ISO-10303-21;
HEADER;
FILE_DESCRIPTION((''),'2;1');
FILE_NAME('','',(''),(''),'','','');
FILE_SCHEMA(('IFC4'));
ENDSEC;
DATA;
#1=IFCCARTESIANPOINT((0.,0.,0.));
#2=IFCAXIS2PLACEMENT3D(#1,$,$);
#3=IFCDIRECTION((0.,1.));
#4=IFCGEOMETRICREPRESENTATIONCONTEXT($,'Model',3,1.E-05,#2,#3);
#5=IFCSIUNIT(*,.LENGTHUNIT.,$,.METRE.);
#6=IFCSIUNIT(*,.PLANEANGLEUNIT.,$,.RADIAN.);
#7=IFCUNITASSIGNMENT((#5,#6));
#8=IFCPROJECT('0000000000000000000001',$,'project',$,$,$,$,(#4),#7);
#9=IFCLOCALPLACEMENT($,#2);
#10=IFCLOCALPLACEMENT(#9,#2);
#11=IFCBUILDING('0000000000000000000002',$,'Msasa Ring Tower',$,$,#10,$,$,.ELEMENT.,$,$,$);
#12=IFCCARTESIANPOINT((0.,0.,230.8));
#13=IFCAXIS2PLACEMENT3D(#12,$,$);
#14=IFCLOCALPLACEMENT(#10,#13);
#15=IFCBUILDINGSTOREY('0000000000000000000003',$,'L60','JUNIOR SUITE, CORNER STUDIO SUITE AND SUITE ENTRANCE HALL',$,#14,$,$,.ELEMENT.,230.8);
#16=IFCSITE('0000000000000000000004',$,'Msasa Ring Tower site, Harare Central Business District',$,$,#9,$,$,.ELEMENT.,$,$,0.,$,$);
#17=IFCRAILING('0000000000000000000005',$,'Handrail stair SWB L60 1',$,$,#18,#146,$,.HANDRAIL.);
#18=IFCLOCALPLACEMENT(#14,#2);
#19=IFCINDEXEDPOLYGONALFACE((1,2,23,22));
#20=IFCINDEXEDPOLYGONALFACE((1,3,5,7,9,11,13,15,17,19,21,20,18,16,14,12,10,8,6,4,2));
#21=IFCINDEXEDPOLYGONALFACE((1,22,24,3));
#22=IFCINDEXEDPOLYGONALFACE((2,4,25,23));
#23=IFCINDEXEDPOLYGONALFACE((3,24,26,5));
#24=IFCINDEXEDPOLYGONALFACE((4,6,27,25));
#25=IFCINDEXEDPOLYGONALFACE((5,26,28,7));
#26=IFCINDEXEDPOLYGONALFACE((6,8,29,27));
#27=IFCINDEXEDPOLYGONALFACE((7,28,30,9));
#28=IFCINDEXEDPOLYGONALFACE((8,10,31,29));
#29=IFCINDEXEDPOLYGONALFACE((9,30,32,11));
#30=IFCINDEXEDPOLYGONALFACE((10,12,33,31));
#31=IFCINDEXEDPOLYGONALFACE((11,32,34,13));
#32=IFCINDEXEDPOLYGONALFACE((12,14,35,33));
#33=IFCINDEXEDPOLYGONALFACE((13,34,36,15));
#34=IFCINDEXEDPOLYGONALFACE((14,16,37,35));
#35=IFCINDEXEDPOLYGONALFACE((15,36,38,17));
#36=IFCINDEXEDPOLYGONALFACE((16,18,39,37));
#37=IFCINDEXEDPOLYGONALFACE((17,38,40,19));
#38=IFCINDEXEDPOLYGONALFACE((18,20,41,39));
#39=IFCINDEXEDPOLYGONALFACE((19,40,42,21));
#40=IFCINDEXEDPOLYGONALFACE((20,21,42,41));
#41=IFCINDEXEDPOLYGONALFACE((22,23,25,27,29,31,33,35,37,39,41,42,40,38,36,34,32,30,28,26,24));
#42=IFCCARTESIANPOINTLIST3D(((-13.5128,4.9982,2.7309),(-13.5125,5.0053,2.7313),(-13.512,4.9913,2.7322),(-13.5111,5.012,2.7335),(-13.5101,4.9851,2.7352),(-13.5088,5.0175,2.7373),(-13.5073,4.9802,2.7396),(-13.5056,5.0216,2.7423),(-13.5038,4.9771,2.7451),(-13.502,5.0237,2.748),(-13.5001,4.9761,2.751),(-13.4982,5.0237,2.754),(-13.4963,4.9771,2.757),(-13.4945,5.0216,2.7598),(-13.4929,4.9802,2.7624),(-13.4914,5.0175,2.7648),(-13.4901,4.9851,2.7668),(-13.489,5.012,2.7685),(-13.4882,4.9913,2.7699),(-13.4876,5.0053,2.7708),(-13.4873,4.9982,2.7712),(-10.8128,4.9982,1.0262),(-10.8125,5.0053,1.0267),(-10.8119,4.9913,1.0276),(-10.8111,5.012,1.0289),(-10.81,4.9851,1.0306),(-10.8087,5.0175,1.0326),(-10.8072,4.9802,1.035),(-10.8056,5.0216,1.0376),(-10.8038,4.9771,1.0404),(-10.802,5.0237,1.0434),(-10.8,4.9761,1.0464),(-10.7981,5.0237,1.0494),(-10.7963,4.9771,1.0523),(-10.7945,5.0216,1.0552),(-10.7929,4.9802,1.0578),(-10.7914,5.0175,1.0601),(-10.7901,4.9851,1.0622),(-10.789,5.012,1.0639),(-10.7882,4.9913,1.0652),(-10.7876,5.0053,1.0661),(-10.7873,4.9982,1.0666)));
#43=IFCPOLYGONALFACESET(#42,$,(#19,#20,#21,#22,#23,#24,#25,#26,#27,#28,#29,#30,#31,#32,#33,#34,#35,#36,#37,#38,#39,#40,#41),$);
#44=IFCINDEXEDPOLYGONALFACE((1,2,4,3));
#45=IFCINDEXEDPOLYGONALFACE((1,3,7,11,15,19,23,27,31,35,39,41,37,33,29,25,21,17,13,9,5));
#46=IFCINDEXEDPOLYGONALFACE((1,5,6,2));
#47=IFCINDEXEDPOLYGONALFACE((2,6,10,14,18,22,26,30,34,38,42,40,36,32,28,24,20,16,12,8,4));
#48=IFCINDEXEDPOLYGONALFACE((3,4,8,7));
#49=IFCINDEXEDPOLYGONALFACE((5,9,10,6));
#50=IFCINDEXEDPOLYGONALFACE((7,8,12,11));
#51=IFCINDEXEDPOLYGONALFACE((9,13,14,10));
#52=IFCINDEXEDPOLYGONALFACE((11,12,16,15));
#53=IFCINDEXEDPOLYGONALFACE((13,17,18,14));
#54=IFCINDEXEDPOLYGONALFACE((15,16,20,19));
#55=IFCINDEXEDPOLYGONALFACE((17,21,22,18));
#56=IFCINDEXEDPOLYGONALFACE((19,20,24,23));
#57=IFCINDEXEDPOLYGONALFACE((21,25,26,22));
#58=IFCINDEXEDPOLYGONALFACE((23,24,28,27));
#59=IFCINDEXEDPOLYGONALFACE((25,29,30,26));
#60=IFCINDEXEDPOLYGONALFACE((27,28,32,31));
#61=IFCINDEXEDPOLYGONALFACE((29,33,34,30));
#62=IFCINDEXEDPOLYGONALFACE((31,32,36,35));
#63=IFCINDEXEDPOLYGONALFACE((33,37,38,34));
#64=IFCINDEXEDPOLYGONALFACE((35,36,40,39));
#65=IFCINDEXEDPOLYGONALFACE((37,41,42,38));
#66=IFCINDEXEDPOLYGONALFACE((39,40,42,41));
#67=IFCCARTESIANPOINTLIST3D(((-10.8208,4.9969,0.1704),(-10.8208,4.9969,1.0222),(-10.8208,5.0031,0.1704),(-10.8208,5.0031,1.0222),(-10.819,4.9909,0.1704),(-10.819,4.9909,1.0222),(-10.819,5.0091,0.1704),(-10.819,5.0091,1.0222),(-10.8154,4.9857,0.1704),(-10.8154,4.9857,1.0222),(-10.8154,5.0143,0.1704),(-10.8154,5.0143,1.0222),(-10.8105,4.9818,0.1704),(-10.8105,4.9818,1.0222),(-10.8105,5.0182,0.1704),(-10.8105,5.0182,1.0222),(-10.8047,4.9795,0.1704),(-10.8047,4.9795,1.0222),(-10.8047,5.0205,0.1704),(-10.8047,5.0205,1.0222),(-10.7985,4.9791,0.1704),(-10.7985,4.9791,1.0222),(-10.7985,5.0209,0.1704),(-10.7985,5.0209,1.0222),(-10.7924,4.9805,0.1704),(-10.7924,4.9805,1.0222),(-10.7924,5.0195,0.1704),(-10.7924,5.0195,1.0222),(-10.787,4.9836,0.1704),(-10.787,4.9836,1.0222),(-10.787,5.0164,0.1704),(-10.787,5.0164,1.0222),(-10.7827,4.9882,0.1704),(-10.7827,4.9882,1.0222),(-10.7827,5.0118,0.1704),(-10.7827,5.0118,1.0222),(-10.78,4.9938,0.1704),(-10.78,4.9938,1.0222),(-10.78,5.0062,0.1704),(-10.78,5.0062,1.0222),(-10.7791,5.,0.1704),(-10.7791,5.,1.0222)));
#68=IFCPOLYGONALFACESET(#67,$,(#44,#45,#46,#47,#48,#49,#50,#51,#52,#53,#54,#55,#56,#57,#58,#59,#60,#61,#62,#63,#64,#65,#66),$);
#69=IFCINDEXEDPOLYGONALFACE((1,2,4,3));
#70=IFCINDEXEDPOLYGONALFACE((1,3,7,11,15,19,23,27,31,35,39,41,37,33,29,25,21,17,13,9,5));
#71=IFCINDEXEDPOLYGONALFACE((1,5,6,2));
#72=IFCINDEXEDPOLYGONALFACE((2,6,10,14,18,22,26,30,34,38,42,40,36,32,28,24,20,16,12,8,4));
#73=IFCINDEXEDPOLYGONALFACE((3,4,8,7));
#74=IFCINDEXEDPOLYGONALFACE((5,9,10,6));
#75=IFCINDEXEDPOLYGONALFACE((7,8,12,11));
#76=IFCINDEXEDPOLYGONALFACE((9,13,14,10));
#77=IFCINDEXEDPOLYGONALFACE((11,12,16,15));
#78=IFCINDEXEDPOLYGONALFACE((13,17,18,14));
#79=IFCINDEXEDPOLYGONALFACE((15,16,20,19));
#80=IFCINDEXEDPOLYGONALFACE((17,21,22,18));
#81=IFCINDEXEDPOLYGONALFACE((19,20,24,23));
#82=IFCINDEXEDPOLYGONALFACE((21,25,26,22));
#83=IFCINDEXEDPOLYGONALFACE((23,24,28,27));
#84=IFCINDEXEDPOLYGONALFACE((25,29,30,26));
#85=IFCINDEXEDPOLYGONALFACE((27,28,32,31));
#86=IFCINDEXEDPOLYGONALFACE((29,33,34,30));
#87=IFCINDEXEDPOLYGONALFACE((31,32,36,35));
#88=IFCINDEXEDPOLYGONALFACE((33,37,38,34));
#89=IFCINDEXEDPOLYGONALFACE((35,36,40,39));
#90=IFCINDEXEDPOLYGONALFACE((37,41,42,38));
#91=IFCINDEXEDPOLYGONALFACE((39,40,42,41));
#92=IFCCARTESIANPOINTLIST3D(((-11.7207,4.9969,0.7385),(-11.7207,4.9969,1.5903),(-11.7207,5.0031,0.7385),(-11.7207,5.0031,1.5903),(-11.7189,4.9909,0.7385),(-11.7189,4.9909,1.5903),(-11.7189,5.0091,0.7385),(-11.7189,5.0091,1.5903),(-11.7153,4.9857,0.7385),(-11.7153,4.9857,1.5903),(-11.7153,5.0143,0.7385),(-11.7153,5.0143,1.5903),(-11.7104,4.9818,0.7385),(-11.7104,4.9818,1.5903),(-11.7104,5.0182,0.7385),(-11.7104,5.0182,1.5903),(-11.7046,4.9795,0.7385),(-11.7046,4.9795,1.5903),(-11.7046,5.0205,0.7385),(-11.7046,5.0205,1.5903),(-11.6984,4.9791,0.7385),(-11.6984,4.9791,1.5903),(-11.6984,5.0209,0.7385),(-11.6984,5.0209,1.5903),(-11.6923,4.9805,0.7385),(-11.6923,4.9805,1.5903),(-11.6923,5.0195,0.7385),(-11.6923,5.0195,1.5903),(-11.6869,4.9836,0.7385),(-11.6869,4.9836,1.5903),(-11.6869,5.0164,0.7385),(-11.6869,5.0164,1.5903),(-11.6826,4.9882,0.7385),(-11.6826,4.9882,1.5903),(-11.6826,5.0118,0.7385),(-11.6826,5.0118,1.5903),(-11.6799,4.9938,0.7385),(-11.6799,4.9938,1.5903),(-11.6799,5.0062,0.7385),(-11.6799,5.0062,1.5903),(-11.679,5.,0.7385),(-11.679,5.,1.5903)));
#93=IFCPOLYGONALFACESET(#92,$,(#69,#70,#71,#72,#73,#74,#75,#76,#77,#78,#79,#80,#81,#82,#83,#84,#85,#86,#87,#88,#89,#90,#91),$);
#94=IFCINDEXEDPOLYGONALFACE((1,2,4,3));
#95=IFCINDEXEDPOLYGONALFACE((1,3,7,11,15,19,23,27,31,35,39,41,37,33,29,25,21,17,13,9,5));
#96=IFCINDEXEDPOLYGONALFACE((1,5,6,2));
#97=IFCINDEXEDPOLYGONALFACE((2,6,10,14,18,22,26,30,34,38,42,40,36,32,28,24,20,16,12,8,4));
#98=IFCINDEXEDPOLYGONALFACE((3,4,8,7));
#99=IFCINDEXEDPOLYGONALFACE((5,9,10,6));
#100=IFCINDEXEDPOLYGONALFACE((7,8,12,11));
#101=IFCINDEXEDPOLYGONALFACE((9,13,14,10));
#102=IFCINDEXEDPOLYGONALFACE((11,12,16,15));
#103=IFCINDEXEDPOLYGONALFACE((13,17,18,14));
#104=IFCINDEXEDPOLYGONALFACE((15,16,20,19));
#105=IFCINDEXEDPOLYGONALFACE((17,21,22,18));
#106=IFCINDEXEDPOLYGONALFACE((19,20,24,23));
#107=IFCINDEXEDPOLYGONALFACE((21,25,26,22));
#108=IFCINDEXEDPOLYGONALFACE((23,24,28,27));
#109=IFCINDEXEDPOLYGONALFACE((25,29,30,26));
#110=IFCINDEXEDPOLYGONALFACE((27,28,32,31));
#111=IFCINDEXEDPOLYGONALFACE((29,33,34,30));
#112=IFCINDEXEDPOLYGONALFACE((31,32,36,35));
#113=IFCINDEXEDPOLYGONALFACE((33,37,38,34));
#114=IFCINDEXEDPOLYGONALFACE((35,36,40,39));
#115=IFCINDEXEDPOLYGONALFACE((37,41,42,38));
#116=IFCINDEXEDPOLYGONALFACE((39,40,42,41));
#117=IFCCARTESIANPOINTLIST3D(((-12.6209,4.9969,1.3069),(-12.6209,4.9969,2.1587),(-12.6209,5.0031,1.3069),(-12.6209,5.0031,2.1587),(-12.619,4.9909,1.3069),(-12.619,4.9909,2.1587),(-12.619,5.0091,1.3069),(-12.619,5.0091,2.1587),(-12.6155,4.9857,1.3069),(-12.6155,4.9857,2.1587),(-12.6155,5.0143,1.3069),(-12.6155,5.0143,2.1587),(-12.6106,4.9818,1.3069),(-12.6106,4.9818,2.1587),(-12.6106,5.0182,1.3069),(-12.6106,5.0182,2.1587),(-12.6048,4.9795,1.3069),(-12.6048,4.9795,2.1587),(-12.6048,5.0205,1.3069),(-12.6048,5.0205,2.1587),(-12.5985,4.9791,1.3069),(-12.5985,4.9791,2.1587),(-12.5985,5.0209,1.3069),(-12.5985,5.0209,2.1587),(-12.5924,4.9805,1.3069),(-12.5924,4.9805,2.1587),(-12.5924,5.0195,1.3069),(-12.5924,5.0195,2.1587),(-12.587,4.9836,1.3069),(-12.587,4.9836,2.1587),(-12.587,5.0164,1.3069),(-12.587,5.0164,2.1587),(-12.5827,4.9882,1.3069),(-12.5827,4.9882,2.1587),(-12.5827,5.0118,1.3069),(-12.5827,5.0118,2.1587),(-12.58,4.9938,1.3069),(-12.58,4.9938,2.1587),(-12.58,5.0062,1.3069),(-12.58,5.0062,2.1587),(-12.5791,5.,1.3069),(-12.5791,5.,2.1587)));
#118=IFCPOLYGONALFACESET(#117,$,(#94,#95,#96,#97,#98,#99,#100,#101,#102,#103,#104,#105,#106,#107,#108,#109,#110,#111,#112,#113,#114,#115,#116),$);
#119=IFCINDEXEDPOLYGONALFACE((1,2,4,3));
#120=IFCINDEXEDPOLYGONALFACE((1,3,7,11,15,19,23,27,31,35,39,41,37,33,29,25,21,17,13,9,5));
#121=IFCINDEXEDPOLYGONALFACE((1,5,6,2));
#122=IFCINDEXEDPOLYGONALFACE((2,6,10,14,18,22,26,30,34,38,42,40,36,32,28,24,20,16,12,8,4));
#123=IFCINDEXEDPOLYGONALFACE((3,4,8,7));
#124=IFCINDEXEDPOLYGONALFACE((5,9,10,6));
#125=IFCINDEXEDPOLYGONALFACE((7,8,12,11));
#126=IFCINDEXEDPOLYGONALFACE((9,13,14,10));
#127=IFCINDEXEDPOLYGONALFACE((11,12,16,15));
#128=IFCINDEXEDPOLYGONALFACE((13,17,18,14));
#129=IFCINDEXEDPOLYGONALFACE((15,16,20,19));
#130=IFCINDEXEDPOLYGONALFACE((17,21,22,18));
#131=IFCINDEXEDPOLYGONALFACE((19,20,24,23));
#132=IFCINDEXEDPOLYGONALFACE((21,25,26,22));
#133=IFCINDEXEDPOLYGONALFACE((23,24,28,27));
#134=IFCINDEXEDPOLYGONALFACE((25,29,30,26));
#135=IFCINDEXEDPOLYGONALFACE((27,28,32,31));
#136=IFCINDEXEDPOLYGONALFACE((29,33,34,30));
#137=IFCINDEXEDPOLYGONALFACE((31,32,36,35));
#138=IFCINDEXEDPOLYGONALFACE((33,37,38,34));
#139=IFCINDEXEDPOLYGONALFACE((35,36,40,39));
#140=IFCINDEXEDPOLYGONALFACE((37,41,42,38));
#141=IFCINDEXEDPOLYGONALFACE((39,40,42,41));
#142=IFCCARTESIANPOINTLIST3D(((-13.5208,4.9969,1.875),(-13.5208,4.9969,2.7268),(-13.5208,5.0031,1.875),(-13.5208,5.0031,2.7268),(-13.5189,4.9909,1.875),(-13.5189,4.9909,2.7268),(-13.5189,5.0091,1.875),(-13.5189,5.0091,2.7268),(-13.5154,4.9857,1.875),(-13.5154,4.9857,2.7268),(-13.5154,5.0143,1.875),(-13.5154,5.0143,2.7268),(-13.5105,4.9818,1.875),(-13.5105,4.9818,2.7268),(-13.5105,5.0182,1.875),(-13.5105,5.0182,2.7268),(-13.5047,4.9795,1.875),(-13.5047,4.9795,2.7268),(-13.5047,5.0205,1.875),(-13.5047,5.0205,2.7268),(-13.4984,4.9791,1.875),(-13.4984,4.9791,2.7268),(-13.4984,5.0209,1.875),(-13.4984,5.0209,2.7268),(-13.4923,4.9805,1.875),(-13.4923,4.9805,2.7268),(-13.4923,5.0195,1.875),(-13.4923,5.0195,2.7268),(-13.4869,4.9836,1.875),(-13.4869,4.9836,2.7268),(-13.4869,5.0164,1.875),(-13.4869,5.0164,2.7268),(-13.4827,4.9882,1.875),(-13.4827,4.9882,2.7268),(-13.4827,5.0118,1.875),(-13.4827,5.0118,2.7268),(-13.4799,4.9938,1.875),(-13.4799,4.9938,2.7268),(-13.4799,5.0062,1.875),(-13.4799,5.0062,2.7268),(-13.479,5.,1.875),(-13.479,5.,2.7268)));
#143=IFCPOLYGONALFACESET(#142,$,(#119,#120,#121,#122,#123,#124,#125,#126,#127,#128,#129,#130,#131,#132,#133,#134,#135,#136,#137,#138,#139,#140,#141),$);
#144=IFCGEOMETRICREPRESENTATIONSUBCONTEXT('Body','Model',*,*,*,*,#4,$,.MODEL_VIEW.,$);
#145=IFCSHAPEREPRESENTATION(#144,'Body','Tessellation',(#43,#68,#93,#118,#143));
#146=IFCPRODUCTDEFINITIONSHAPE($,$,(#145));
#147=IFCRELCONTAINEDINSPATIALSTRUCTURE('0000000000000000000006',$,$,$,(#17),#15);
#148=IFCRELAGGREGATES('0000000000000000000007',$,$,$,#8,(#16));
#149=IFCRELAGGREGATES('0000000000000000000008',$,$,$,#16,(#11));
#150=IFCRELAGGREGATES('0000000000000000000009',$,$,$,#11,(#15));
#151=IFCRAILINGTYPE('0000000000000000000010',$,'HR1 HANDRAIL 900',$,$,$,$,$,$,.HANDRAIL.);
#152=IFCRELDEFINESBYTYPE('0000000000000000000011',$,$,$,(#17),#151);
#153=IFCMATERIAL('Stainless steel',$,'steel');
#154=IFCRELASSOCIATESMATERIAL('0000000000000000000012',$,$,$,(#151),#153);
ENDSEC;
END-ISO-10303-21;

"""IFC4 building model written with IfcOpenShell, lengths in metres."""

from ifc_helpers import new_model, si_unit, direction, frame, origin, origin_2d, place, context, subcontext, project, spatial, circle, extrude, material, type_object, element, save


model = new_model("IFC4")

# Units and contexts
model_context = context("Model", 3, precision=1e-05, world=origin(), true_north=direction((0.0, 1.0)))
body_context = subcontext(model_context, "Body", "Model", "MODEL_VIEW")
ifc_project = project(units=[si_unit("LENGTHUNIT", "METRE"), si_unit("PLANEANGLEUNIT", "RADIAN")], contexts=[model_context])

# Site, building, storey
site_placement = place(None, origin())
site = spatial("IfcSite", under=ifc_project, at=site_placement, Name="Msasa Ring Tower site, Harare Central Business District", CompositionType="ELEMENT", RefElevation=0.0)
building_placement = place(site_placement, origin())
building = spatial("IfcBuilding", under=site, at=building_placement, Name="Msasa Ring Tower", CompositionType="ELEMENT")
storey_placement = place(building_placement, frame((0.0, 0.0, 230.8)))
storey = spatial("IfcBuildingStorey", under=building, at=storey_placement, Name="L60", Description="JUNIOR SUITE, CORNER STUDIO SUITE AND SUITE ENTRANCE HALL", CompositionType="ELEMENT", Elevation=230.8)

# Railing
ifc_material_1 = material(Name="Stainless steel", Category="steel")
railing_type = type_object("IfcRailingType", Name="HR1 HANDRAIL 900", PredefinedType="HANDRAIL", material=ifc_material_1)
for number, where, name in (
    (1, (-10.8, 5.0, 0.1704), "Handrail stair SWB L60 1"),
):
    element("IfcRailing", number, at=place(storey_placement, frame(where)), inside=storey, type_object=railing_type, Name=name, PredefinedType="HANDRAIL", context=body_context, shape_type="SweptSolid", body=[
        extrude(circle(Radius=0.0239, at=origin_2d()), frame((0.0, 0.0, 0.876), z_axis=(-0.84558, 0.0, 0.533849), x_axis=(0.0, -1.0, 0.0)), (0.0, 0.0, 1.0), 3.1931),
        extrude(circle(Radius=0.021, at=origin_2d()), origin(), (0.0, 0.0, 1.0), 0.8518),
        extrude(circle(Radius=0.021, at=origin_2d()), frame((-0.8999, 0.0, 0.5681)), (0.0, 0.0, 1.0), 0.8518),
        extrude(circle(Radius=0.021, at=origin_2d()), frame((-1.8, 0.0, 1.1365)), (0.0, 0.0, 1.0), 0.8518),
        extrude(circle(Radius=0.021, at=origin_2d()), frame((-2.7, 0.0, 1.7046)), (0.0, 0.0, 1.0), 0.8518),
    ])

save(model, "model.ifc")
